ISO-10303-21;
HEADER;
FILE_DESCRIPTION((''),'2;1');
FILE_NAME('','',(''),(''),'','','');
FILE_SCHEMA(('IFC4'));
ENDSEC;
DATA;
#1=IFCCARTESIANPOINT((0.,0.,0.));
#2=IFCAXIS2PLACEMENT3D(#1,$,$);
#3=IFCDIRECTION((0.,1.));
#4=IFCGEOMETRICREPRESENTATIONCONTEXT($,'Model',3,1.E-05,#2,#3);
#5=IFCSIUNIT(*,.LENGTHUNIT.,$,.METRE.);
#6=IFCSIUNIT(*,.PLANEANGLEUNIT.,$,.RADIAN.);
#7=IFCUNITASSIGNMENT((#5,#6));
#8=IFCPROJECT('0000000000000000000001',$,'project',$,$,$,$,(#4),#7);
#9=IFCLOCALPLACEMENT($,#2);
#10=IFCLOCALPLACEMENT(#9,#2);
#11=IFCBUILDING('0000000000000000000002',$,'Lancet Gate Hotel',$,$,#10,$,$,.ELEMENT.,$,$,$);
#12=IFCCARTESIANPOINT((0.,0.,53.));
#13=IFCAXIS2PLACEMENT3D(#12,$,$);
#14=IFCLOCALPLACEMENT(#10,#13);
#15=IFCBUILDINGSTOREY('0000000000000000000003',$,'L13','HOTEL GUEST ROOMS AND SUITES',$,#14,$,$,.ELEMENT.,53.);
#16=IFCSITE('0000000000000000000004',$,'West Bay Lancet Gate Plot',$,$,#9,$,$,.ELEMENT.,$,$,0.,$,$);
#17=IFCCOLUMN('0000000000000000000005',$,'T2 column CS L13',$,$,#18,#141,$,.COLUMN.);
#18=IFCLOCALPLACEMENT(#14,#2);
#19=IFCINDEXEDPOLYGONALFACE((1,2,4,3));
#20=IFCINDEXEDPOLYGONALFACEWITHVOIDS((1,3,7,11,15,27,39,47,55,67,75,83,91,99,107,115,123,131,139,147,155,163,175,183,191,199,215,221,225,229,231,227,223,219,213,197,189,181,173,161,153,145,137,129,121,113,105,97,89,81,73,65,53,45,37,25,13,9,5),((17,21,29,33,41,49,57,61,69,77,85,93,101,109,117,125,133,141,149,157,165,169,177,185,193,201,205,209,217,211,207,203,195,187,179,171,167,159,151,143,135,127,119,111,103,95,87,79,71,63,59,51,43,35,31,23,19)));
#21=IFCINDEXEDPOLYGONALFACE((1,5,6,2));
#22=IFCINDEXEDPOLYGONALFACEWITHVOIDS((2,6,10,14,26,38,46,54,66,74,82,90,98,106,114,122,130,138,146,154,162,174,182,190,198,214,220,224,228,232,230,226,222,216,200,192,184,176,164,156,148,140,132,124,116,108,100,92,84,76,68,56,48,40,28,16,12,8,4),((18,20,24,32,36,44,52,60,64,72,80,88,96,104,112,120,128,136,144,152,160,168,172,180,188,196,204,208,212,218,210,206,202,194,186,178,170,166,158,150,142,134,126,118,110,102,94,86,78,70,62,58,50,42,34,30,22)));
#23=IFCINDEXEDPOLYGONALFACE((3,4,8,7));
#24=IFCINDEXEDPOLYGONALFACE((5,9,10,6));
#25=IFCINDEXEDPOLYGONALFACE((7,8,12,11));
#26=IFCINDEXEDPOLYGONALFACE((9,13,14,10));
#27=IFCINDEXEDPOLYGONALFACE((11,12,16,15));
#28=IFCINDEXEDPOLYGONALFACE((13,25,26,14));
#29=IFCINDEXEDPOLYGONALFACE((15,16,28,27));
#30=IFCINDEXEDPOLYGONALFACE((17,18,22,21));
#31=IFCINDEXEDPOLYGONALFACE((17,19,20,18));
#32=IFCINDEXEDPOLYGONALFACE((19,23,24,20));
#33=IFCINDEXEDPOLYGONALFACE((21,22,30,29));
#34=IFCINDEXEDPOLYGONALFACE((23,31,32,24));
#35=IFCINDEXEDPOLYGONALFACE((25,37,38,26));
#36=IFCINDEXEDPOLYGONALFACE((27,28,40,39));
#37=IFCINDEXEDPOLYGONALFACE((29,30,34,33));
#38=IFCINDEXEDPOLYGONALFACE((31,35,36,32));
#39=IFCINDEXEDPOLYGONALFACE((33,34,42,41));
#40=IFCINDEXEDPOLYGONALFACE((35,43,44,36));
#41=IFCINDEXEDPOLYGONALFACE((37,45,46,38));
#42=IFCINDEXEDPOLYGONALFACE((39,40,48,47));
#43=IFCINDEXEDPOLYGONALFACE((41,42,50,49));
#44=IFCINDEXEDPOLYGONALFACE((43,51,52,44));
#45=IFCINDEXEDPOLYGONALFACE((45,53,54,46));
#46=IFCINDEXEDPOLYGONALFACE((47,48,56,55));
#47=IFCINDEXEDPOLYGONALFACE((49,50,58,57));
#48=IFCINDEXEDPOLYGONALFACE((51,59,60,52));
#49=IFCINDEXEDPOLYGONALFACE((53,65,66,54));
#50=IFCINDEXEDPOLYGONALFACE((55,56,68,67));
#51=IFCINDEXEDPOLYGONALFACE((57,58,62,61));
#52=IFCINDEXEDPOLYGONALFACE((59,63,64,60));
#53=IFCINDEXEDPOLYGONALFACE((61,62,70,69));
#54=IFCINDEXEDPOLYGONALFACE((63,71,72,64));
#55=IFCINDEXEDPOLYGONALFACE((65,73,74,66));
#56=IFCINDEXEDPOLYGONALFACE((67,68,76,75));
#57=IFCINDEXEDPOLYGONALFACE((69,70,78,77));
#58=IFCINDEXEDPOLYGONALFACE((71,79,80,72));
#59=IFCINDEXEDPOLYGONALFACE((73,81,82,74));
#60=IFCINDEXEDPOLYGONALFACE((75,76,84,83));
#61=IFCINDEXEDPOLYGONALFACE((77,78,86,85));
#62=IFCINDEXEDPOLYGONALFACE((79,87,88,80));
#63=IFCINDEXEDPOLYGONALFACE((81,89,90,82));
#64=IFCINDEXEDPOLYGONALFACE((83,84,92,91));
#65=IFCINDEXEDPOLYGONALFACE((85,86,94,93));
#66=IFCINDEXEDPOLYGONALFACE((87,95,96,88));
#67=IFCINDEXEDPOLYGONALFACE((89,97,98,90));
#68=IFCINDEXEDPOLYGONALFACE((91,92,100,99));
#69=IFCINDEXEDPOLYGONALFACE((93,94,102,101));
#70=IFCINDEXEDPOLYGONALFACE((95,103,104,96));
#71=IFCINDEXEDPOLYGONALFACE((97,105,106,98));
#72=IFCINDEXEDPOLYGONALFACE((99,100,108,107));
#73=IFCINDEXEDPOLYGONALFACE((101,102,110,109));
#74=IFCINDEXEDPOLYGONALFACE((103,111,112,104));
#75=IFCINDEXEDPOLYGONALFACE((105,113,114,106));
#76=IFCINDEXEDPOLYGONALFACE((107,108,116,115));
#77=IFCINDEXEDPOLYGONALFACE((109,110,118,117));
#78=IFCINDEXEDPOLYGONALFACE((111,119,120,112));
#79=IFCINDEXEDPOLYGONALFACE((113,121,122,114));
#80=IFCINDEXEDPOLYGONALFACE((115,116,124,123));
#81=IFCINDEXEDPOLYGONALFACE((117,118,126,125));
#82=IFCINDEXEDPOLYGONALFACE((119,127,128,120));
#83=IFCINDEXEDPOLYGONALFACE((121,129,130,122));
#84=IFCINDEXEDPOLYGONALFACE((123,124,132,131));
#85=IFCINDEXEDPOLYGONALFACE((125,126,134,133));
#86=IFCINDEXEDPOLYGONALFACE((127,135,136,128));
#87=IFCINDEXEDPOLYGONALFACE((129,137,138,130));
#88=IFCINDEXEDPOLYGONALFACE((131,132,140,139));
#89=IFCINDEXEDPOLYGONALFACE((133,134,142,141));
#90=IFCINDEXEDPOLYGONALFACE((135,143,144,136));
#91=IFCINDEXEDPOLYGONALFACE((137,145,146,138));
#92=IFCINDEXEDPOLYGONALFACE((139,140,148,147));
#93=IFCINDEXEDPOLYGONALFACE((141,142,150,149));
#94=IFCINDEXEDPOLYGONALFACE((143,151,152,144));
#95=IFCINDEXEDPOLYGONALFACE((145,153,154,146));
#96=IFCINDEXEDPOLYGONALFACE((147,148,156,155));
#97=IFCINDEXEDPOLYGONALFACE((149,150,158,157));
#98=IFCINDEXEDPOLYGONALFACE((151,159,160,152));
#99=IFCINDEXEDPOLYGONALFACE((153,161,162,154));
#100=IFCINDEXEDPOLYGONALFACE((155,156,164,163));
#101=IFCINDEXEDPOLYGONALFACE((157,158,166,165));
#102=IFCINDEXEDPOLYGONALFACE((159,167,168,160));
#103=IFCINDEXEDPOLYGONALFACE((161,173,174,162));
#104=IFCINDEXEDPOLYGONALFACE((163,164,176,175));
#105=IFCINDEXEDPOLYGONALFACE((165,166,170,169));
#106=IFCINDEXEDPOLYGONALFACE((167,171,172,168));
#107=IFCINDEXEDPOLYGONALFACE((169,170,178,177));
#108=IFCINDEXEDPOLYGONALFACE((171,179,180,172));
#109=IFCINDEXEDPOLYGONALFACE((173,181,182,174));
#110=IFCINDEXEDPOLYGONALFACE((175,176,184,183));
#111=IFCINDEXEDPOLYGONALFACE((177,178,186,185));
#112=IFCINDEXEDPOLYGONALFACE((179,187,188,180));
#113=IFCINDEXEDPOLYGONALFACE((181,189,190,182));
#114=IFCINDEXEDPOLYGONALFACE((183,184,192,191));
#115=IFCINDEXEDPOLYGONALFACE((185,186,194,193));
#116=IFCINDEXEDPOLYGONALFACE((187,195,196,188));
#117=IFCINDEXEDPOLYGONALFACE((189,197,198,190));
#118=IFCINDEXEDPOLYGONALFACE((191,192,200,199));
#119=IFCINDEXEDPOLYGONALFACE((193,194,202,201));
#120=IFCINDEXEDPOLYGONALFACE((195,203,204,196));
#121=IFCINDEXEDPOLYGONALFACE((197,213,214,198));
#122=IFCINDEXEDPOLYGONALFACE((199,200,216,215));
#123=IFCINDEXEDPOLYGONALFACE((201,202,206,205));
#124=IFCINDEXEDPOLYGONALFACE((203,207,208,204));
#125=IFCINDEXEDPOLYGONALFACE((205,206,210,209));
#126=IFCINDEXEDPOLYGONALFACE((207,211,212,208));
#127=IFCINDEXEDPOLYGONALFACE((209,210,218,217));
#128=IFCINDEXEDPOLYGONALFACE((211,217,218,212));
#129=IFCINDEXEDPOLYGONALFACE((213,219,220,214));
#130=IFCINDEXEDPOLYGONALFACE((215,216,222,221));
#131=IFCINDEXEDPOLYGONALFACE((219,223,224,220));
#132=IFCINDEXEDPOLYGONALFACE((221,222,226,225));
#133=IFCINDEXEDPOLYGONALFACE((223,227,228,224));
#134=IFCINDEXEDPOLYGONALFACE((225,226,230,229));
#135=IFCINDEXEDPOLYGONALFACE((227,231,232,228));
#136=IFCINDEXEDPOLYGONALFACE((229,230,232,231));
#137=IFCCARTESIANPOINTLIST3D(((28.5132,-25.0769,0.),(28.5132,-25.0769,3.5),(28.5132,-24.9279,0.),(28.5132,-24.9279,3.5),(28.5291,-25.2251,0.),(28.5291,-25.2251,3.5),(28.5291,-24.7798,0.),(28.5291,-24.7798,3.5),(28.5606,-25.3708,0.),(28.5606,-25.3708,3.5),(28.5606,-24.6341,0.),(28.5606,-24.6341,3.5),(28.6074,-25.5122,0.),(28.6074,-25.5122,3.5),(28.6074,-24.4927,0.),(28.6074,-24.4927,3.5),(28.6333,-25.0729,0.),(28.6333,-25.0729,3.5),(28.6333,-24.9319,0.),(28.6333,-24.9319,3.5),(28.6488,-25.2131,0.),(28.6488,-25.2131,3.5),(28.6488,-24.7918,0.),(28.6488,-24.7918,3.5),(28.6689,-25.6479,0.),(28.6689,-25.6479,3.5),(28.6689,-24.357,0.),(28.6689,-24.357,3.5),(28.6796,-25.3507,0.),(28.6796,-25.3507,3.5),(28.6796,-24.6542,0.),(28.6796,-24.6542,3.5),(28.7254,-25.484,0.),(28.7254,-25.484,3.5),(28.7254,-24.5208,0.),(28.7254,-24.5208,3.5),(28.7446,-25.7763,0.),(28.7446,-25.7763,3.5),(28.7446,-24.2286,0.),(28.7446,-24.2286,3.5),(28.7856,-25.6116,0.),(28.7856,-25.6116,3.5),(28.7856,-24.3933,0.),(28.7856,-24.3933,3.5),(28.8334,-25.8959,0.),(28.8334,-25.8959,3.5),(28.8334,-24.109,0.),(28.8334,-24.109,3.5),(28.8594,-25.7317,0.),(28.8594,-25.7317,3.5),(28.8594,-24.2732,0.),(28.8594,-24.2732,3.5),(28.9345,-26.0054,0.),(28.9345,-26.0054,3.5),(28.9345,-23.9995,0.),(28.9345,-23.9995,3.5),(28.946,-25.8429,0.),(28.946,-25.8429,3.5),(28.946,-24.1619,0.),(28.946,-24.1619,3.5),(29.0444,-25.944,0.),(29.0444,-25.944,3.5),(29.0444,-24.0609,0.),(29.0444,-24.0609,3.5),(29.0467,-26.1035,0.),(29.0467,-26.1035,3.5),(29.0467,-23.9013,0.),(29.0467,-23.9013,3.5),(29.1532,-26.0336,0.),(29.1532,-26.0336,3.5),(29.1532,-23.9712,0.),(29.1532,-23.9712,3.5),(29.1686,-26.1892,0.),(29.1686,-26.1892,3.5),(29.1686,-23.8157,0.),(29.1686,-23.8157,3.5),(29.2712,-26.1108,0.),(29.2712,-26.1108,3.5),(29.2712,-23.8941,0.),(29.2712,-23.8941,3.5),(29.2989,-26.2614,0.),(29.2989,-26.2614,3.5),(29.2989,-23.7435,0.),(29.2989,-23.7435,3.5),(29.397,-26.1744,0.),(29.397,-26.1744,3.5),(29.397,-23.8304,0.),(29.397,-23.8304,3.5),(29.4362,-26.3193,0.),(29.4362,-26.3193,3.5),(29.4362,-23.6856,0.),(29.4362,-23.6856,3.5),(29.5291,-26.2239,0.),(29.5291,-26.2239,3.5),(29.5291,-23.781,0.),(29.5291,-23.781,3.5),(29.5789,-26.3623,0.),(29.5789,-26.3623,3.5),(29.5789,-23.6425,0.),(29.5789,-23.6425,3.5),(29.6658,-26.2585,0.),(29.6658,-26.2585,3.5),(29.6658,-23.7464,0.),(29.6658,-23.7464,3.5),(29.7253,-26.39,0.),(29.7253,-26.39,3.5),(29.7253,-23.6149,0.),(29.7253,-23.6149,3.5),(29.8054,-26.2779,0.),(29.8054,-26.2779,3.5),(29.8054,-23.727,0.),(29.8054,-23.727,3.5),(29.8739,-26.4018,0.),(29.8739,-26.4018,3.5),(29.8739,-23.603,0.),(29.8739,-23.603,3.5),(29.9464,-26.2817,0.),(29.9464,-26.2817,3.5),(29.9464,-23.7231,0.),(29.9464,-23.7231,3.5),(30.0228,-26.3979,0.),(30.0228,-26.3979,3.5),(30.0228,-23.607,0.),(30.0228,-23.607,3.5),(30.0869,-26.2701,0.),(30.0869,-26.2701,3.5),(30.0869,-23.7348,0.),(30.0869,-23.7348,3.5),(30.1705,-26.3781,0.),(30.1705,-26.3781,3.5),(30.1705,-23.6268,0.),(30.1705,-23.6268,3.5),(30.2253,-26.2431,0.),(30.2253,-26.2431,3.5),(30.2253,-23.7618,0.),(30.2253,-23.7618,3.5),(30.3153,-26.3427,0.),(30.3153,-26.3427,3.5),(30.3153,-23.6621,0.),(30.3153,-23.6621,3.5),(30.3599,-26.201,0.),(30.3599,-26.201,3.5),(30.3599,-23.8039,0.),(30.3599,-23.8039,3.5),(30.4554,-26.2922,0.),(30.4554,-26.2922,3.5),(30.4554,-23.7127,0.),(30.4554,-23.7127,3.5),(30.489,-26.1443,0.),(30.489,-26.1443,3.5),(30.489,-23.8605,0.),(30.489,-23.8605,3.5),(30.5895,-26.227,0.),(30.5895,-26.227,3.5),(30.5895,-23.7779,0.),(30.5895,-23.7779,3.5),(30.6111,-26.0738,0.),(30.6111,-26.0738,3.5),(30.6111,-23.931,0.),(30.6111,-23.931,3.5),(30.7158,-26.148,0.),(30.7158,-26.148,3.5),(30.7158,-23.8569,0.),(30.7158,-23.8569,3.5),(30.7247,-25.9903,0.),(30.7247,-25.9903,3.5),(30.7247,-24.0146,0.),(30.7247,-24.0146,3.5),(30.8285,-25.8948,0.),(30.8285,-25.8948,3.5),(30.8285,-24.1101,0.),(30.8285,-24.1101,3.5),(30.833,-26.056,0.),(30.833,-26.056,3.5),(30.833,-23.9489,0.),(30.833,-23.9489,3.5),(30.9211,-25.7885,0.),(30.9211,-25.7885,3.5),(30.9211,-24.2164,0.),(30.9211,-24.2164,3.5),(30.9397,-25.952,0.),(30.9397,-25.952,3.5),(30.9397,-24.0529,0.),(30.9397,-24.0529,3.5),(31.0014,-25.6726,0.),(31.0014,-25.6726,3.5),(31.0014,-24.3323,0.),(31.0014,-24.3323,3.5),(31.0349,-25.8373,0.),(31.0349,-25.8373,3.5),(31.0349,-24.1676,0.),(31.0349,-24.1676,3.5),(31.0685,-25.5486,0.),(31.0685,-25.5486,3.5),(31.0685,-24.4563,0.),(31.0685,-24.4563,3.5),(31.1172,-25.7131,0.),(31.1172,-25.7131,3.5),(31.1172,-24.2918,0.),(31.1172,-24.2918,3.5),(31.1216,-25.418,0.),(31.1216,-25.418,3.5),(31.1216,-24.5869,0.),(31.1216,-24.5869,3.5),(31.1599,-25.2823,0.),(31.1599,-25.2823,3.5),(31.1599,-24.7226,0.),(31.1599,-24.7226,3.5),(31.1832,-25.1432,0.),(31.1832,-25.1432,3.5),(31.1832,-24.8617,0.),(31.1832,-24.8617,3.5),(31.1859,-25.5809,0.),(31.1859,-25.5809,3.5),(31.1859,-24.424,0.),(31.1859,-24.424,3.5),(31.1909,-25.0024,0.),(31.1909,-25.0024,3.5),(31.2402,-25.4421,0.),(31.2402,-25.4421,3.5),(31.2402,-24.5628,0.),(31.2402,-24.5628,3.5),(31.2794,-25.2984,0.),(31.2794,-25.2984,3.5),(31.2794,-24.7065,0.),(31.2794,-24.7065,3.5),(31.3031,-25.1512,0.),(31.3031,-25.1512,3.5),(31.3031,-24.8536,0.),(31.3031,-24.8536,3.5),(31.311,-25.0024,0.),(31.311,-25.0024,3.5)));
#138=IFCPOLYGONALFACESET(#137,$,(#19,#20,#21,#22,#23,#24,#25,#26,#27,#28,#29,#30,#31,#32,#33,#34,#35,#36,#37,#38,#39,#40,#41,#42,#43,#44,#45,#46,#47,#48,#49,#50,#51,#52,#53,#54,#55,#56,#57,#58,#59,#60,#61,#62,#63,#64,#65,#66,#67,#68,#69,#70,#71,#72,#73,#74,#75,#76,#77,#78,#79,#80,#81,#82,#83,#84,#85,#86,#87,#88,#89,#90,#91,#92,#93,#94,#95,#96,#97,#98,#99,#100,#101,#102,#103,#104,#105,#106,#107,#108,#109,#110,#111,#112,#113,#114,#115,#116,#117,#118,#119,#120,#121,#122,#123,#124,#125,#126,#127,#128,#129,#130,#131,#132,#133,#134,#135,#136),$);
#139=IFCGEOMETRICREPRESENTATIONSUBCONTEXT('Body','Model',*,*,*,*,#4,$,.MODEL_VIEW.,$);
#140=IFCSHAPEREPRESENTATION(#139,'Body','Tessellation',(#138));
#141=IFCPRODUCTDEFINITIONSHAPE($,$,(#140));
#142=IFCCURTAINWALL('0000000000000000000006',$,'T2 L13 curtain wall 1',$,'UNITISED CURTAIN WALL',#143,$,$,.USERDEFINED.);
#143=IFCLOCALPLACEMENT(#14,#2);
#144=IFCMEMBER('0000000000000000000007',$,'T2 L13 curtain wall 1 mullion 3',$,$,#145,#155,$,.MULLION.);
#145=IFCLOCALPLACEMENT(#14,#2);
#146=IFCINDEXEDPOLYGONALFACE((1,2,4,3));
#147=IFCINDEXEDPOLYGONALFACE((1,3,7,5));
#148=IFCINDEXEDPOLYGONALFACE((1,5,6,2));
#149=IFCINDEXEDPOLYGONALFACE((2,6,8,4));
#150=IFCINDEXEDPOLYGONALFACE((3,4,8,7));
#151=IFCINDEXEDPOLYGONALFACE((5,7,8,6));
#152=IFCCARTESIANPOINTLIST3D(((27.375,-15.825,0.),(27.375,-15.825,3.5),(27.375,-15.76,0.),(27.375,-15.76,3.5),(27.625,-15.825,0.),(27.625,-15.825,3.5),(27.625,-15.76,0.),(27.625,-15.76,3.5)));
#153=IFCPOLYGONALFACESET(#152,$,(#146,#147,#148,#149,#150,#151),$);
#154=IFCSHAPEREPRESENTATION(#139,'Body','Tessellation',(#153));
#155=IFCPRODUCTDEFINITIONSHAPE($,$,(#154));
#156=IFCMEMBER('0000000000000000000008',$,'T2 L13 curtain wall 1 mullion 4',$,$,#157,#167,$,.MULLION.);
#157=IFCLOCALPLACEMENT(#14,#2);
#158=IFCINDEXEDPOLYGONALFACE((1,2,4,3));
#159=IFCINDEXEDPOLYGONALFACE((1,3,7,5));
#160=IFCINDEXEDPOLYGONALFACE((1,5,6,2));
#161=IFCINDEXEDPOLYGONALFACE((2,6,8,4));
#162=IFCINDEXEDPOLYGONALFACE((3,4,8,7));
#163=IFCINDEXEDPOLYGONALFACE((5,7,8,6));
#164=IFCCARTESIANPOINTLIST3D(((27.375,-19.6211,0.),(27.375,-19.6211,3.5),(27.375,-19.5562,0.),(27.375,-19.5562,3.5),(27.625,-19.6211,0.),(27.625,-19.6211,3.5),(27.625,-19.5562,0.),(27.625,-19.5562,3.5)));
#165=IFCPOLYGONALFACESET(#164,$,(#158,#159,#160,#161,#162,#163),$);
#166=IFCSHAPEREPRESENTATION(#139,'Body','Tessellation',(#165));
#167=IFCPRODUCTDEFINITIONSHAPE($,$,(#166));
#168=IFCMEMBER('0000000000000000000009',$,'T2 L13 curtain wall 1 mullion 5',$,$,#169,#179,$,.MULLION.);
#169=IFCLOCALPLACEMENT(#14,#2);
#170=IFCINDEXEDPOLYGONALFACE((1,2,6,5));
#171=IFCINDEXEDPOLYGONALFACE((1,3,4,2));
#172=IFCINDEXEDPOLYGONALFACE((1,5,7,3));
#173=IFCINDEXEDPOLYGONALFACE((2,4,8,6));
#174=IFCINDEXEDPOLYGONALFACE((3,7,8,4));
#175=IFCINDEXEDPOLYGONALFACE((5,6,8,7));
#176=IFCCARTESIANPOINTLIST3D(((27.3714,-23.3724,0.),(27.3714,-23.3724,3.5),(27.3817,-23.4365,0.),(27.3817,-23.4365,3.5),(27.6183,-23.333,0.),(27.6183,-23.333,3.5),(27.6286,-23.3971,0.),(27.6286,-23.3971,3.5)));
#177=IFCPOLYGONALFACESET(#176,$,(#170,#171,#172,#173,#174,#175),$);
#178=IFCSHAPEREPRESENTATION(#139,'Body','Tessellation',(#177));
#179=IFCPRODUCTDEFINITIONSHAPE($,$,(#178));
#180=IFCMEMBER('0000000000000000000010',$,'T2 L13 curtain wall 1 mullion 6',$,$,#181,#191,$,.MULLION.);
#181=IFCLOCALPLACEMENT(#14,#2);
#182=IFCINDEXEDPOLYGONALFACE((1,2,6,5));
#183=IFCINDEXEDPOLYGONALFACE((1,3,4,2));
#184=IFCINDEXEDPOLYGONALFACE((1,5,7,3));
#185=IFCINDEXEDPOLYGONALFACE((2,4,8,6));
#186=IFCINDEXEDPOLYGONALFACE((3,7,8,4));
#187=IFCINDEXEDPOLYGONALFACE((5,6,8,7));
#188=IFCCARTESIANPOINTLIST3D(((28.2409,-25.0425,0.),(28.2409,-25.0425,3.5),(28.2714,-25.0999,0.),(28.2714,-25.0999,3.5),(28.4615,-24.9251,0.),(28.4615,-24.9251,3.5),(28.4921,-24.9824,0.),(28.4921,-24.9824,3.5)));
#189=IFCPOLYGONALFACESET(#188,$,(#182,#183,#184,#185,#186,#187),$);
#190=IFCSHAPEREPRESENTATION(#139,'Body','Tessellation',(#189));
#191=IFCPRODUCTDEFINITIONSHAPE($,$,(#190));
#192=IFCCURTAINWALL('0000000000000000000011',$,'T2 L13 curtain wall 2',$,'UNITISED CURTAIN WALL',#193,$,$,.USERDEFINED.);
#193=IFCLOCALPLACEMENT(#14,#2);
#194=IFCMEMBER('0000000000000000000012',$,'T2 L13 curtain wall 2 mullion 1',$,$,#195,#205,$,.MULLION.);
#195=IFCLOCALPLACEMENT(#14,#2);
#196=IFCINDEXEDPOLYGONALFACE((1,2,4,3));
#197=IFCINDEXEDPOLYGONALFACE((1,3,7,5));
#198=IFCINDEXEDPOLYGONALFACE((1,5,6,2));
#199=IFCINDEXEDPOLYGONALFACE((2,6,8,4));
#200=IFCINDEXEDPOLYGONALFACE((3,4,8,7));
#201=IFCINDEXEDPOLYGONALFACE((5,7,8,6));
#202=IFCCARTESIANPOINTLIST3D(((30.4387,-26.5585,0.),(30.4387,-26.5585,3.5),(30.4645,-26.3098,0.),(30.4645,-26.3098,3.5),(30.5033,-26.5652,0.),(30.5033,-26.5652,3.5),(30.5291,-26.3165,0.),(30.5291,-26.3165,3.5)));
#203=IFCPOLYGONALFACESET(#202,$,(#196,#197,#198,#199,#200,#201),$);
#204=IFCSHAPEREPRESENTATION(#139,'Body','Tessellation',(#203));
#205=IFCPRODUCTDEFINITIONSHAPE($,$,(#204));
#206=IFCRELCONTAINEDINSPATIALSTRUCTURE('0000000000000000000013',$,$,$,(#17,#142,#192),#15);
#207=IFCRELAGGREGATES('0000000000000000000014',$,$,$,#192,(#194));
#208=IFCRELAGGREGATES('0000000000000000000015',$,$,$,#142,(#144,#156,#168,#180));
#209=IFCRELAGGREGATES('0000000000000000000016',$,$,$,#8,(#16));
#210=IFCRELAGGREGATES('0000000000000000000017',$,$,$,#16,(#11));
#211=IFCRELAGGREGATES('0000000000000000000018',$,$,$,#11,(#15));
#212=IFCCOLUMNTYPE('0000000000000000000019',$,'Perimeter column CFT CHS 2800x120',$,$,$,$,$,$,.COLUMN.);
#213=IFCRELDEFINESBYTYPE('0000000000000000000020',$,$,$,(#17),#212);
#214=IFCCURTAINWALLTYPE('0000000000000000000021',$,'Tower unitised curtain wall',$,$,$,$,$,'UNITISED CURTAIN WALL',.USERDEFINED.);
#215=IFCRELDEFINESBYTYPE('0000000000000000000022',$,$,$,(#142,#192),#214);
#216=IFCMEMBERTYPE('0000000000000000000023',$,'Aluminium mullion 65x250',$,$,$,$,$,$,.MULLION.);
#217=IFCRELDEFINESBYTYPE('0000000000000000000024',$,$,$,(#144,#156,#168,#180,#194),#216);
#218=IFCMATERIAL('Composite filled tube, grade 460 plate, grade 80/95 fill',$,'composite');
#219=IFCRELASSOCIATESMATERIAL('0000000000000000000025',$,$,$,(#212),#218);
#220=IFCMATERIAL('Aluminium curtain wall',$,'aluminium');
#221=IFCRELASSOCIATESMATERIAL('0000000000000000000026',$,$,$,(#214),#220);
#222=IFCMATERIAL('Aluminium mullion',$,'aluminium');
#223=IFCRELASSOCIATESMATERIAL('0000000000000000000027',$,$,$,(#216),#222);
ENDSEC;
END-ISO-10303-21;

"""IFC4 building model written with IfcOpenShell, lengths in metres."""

from ifc_helpers import new_model, si_unit, direction, frame, origin, origin_2d, place, context, subcontext, project, spatial, rectangle, hollow_circle, extrude, material, material_profile, profile_set, type_object, element, aggregate, save


model = new_model("IFC4")

# Units and contexts
model_context = context("Model", 3, precision=1e-05, world=origin(), true_north=direction((0.0, 1.0)))
body_context = subcontext(model_context, "Body", "Model", "MODEL_VIEW")
ifc_project = project(units=[si_unit("LENGTHUNIT", "METRE"), si_unit("PLANEANGLEUNIT", "RADIAN")], contexts=[model_context])

# Site, building, storey
site_placement = place(None, origin())
site = spatial("IfcSite", under=ifc_project, at=site_placement, Name="West Bay Lancet Gate Plot", CompositionType="ELEMENT", RefElevation=0.0)
building_placement = place(site_placement, origin())
building = spatial("IfcBuilding", under=site, at=building_placement, Name="Lancet Gate Hotel", CompositionType="ELEMENT")
storey_placement = place(building_placement, frame((0.0, 0.0, 53.0)))
storey = spatial("IfcBuildingStorey", under=building, at=storey_placement, Name="L13", Description="HOTEL GUEST ROOMS AND SUITES", CompositionType="ELEMENT", Elevation=53.0)

# Column
ifc_material_1 = material(Name="Composite filled tube, grade 460 plate, grade 80/95 fill", Category="composite")
ifc_material_profile_1 = material_profile(ifc_material_1, hollow_circle(Radius=1.3999, WallThickness=0.1201, at=origin_2d()), Name="CHS 2800x120")
ifc_profile_set_1 = profile_set([ifc_material_profile_1], Name="Composite filled tube, grade 460 plate, grade 80/95 fill")
column_type = type_object("IfcColumnType", Name="Perimeter column CFT CHS 2800x120", PredefinedType="COLUMN", material=ifc_profile_set_1)
column_placement = place(storey_placement, frame((29.9111, -25.0024, 0.0), z_axis=(0.0, 0.0, 1.0), x_axis=(1.0, 0.0, 0.0)))
element("IfcColumn", 1, at=column_placement, inside=storey, type_object=column_type, Name="T2 column CS L13", PredefinedType="COLUMN", context=body_context, shape_type="SweptSolid", body=[
    extrude(hollow_circle(Radius=1.3999, WallThickness=0.1201, at=origin_2d()), origin(), (0.0, 0.0, 1.0), 3.5),
])

# Curtain wall, members
ifc_material_2 = material(Name="Aluminium curtain wall", Category="aluminium")
curtain_wall_type = type_object("IfcCurtainWallType", Name="Tower unitised curtain wall", ElementType="UNITISED CURTAIN WALL", PredefinedType="USERDEFINED", material=ifc_material_2)
curtain_wall_1_placement = place(storey_placement, origin())
curtain_wall_1 = element("IfcCurtainWall", 2, at=curtain_wall_1_placement, inside=storey, type_object=curtain_wall_type, Name="T2 L13 curtain wall 1", ObjectType="UNITISED CURTAIN WALL", PredefinedType="USERDEFINED")
ifc_material_3 = material(Name="Aluminium mullion", Category="aluminium")
ifc_material_profile_2 = material_profile(ifc_material_3, rectangle(XDim=0.0649, YDim=0.25, at=origin_2d()), Name="MULLION 65x250")
ifc_profile_set_2 = profile_set([ifc_material_profile_2], Name="Aluminium mullion")
member_type_1 = type_object("IfcMemberType", Name="Aluminium mullion 65x250", PredefinedType="MULLION", material=ifc_profile_set_2)
member_1_placement = place(storey_placement, frame((27.5, -15.7925, 0.0), z_axis=(0.0, 0.0, 1.0), x_axis=(0.0, -1.0, 0.0)))
member_1 = element("IfcMember", 3, at=member_1_placement, type_object=member_type_1, Name="T2 L13 curtain wall 1 mullion 3", PredefinedType="MULLION", context=body_context, shape_type="SweptSolid", body=[
    extrude(rectangle(XDim=0.0649, YDim=0.25, at=origin_2d()), origin(), (0.0, 0.0, 1.0), 3.5),
])
member_2_placement = place(storey_placement, frame((27.5, -19.5886, 0.0), z_axis=(0.0, 0.0, 1.0), x_axis=(0.0, -1.0, 0.0)))
member_2 = element("IfcMember", 4, at=member_2_placement, type_object=member_type_1, Name="T2 L13 curtain wall 1 mullion 4", PredefinedType="MULLION", context=body_context, shape_type="SweptSolid", body=[
    extrude(rectangle(XDim=0.0649, YDim=0.25, at=origin_2d()), origin(), (0.0, 0.0, 1.0), 3.5),
])
member_3_placement = place(storey_placement, frame((27.5, -23.3848, 0.0), z_axis=(0.0, 0.0, 1.0), x_axis=(0.157752, -0.987479, 0.0)))
member_3 = element("IfcMember", 5, at=member_3_placement, type_object=member_type_1, Name="T2 L13 curtain wall 1 mullion 5", PredefinedType="MULLION", context=body_context, shape_type="SweptSolid", body=[
    extrude(rectangle(XDim=0.0649, YDim=0.25, at=origin_2d()), origin(), (0.0, 0.0, 1.0), 3.5),
])
member_4_placement = place(storey_placement, frame((28.3665, -25.0125, 0.0), z_axis=(0.0, 0.0, 1.0), x_axis=(0.469898, -0.882721, 0.0)))
member_4 = element("IfcMember", 6, at=member_4_placement, type_object=member_type_1, Name="T2 L13 curtain wall 1 mullion 6", PredefinedType="MULLION", context=body_context, shape_type="SweptSolid", body=[
    extrude(rectangle(XDim=0.0649, YDim=0.25, at=origin_2d()), origin(), (0.0, 0.0, 1.0), 3.5),
])

# Curtain wall, member
curtain_wall_2_placement = place(storey_placement, origin())
curtain_wall_2 = element("IfcCurtainWall", 7, at=curtain_wall_2_placement, inside=storey, type_object=curtain_wall_type, Name="T2 L13 curtain wall 2", ObjectType="UNITISED CURTAIN WALL", PredefinedType="USERDEFINED")
member_5_placement = place(storey_placement, frame((30.4839, -26.4375, 0.0), z_axis=(0.0, 0.0, 1.0), x_axis=(0.994672, -0.103088, 0.0)))
member_5 = element("IfcMember", 8, at=member_5_placement, type_object=member_type_1, Name="T2 L13 curtain wall 2 mullion 1", PredefinedType="MULLION", context=body_context, shape_type="SweptSolid", body=[
    extrude(rectangle(XDim=0.0649, YDim=0.25, at=origin_2d()), origin(), (0.0, 0.0, 1.0), 3.5),
])

aggregate(curtain_wall_2, [member_5])

aggregate(curtain_wall_1, [member_1, member_2, member_3, member_4])

save(model, "model.ifc")
